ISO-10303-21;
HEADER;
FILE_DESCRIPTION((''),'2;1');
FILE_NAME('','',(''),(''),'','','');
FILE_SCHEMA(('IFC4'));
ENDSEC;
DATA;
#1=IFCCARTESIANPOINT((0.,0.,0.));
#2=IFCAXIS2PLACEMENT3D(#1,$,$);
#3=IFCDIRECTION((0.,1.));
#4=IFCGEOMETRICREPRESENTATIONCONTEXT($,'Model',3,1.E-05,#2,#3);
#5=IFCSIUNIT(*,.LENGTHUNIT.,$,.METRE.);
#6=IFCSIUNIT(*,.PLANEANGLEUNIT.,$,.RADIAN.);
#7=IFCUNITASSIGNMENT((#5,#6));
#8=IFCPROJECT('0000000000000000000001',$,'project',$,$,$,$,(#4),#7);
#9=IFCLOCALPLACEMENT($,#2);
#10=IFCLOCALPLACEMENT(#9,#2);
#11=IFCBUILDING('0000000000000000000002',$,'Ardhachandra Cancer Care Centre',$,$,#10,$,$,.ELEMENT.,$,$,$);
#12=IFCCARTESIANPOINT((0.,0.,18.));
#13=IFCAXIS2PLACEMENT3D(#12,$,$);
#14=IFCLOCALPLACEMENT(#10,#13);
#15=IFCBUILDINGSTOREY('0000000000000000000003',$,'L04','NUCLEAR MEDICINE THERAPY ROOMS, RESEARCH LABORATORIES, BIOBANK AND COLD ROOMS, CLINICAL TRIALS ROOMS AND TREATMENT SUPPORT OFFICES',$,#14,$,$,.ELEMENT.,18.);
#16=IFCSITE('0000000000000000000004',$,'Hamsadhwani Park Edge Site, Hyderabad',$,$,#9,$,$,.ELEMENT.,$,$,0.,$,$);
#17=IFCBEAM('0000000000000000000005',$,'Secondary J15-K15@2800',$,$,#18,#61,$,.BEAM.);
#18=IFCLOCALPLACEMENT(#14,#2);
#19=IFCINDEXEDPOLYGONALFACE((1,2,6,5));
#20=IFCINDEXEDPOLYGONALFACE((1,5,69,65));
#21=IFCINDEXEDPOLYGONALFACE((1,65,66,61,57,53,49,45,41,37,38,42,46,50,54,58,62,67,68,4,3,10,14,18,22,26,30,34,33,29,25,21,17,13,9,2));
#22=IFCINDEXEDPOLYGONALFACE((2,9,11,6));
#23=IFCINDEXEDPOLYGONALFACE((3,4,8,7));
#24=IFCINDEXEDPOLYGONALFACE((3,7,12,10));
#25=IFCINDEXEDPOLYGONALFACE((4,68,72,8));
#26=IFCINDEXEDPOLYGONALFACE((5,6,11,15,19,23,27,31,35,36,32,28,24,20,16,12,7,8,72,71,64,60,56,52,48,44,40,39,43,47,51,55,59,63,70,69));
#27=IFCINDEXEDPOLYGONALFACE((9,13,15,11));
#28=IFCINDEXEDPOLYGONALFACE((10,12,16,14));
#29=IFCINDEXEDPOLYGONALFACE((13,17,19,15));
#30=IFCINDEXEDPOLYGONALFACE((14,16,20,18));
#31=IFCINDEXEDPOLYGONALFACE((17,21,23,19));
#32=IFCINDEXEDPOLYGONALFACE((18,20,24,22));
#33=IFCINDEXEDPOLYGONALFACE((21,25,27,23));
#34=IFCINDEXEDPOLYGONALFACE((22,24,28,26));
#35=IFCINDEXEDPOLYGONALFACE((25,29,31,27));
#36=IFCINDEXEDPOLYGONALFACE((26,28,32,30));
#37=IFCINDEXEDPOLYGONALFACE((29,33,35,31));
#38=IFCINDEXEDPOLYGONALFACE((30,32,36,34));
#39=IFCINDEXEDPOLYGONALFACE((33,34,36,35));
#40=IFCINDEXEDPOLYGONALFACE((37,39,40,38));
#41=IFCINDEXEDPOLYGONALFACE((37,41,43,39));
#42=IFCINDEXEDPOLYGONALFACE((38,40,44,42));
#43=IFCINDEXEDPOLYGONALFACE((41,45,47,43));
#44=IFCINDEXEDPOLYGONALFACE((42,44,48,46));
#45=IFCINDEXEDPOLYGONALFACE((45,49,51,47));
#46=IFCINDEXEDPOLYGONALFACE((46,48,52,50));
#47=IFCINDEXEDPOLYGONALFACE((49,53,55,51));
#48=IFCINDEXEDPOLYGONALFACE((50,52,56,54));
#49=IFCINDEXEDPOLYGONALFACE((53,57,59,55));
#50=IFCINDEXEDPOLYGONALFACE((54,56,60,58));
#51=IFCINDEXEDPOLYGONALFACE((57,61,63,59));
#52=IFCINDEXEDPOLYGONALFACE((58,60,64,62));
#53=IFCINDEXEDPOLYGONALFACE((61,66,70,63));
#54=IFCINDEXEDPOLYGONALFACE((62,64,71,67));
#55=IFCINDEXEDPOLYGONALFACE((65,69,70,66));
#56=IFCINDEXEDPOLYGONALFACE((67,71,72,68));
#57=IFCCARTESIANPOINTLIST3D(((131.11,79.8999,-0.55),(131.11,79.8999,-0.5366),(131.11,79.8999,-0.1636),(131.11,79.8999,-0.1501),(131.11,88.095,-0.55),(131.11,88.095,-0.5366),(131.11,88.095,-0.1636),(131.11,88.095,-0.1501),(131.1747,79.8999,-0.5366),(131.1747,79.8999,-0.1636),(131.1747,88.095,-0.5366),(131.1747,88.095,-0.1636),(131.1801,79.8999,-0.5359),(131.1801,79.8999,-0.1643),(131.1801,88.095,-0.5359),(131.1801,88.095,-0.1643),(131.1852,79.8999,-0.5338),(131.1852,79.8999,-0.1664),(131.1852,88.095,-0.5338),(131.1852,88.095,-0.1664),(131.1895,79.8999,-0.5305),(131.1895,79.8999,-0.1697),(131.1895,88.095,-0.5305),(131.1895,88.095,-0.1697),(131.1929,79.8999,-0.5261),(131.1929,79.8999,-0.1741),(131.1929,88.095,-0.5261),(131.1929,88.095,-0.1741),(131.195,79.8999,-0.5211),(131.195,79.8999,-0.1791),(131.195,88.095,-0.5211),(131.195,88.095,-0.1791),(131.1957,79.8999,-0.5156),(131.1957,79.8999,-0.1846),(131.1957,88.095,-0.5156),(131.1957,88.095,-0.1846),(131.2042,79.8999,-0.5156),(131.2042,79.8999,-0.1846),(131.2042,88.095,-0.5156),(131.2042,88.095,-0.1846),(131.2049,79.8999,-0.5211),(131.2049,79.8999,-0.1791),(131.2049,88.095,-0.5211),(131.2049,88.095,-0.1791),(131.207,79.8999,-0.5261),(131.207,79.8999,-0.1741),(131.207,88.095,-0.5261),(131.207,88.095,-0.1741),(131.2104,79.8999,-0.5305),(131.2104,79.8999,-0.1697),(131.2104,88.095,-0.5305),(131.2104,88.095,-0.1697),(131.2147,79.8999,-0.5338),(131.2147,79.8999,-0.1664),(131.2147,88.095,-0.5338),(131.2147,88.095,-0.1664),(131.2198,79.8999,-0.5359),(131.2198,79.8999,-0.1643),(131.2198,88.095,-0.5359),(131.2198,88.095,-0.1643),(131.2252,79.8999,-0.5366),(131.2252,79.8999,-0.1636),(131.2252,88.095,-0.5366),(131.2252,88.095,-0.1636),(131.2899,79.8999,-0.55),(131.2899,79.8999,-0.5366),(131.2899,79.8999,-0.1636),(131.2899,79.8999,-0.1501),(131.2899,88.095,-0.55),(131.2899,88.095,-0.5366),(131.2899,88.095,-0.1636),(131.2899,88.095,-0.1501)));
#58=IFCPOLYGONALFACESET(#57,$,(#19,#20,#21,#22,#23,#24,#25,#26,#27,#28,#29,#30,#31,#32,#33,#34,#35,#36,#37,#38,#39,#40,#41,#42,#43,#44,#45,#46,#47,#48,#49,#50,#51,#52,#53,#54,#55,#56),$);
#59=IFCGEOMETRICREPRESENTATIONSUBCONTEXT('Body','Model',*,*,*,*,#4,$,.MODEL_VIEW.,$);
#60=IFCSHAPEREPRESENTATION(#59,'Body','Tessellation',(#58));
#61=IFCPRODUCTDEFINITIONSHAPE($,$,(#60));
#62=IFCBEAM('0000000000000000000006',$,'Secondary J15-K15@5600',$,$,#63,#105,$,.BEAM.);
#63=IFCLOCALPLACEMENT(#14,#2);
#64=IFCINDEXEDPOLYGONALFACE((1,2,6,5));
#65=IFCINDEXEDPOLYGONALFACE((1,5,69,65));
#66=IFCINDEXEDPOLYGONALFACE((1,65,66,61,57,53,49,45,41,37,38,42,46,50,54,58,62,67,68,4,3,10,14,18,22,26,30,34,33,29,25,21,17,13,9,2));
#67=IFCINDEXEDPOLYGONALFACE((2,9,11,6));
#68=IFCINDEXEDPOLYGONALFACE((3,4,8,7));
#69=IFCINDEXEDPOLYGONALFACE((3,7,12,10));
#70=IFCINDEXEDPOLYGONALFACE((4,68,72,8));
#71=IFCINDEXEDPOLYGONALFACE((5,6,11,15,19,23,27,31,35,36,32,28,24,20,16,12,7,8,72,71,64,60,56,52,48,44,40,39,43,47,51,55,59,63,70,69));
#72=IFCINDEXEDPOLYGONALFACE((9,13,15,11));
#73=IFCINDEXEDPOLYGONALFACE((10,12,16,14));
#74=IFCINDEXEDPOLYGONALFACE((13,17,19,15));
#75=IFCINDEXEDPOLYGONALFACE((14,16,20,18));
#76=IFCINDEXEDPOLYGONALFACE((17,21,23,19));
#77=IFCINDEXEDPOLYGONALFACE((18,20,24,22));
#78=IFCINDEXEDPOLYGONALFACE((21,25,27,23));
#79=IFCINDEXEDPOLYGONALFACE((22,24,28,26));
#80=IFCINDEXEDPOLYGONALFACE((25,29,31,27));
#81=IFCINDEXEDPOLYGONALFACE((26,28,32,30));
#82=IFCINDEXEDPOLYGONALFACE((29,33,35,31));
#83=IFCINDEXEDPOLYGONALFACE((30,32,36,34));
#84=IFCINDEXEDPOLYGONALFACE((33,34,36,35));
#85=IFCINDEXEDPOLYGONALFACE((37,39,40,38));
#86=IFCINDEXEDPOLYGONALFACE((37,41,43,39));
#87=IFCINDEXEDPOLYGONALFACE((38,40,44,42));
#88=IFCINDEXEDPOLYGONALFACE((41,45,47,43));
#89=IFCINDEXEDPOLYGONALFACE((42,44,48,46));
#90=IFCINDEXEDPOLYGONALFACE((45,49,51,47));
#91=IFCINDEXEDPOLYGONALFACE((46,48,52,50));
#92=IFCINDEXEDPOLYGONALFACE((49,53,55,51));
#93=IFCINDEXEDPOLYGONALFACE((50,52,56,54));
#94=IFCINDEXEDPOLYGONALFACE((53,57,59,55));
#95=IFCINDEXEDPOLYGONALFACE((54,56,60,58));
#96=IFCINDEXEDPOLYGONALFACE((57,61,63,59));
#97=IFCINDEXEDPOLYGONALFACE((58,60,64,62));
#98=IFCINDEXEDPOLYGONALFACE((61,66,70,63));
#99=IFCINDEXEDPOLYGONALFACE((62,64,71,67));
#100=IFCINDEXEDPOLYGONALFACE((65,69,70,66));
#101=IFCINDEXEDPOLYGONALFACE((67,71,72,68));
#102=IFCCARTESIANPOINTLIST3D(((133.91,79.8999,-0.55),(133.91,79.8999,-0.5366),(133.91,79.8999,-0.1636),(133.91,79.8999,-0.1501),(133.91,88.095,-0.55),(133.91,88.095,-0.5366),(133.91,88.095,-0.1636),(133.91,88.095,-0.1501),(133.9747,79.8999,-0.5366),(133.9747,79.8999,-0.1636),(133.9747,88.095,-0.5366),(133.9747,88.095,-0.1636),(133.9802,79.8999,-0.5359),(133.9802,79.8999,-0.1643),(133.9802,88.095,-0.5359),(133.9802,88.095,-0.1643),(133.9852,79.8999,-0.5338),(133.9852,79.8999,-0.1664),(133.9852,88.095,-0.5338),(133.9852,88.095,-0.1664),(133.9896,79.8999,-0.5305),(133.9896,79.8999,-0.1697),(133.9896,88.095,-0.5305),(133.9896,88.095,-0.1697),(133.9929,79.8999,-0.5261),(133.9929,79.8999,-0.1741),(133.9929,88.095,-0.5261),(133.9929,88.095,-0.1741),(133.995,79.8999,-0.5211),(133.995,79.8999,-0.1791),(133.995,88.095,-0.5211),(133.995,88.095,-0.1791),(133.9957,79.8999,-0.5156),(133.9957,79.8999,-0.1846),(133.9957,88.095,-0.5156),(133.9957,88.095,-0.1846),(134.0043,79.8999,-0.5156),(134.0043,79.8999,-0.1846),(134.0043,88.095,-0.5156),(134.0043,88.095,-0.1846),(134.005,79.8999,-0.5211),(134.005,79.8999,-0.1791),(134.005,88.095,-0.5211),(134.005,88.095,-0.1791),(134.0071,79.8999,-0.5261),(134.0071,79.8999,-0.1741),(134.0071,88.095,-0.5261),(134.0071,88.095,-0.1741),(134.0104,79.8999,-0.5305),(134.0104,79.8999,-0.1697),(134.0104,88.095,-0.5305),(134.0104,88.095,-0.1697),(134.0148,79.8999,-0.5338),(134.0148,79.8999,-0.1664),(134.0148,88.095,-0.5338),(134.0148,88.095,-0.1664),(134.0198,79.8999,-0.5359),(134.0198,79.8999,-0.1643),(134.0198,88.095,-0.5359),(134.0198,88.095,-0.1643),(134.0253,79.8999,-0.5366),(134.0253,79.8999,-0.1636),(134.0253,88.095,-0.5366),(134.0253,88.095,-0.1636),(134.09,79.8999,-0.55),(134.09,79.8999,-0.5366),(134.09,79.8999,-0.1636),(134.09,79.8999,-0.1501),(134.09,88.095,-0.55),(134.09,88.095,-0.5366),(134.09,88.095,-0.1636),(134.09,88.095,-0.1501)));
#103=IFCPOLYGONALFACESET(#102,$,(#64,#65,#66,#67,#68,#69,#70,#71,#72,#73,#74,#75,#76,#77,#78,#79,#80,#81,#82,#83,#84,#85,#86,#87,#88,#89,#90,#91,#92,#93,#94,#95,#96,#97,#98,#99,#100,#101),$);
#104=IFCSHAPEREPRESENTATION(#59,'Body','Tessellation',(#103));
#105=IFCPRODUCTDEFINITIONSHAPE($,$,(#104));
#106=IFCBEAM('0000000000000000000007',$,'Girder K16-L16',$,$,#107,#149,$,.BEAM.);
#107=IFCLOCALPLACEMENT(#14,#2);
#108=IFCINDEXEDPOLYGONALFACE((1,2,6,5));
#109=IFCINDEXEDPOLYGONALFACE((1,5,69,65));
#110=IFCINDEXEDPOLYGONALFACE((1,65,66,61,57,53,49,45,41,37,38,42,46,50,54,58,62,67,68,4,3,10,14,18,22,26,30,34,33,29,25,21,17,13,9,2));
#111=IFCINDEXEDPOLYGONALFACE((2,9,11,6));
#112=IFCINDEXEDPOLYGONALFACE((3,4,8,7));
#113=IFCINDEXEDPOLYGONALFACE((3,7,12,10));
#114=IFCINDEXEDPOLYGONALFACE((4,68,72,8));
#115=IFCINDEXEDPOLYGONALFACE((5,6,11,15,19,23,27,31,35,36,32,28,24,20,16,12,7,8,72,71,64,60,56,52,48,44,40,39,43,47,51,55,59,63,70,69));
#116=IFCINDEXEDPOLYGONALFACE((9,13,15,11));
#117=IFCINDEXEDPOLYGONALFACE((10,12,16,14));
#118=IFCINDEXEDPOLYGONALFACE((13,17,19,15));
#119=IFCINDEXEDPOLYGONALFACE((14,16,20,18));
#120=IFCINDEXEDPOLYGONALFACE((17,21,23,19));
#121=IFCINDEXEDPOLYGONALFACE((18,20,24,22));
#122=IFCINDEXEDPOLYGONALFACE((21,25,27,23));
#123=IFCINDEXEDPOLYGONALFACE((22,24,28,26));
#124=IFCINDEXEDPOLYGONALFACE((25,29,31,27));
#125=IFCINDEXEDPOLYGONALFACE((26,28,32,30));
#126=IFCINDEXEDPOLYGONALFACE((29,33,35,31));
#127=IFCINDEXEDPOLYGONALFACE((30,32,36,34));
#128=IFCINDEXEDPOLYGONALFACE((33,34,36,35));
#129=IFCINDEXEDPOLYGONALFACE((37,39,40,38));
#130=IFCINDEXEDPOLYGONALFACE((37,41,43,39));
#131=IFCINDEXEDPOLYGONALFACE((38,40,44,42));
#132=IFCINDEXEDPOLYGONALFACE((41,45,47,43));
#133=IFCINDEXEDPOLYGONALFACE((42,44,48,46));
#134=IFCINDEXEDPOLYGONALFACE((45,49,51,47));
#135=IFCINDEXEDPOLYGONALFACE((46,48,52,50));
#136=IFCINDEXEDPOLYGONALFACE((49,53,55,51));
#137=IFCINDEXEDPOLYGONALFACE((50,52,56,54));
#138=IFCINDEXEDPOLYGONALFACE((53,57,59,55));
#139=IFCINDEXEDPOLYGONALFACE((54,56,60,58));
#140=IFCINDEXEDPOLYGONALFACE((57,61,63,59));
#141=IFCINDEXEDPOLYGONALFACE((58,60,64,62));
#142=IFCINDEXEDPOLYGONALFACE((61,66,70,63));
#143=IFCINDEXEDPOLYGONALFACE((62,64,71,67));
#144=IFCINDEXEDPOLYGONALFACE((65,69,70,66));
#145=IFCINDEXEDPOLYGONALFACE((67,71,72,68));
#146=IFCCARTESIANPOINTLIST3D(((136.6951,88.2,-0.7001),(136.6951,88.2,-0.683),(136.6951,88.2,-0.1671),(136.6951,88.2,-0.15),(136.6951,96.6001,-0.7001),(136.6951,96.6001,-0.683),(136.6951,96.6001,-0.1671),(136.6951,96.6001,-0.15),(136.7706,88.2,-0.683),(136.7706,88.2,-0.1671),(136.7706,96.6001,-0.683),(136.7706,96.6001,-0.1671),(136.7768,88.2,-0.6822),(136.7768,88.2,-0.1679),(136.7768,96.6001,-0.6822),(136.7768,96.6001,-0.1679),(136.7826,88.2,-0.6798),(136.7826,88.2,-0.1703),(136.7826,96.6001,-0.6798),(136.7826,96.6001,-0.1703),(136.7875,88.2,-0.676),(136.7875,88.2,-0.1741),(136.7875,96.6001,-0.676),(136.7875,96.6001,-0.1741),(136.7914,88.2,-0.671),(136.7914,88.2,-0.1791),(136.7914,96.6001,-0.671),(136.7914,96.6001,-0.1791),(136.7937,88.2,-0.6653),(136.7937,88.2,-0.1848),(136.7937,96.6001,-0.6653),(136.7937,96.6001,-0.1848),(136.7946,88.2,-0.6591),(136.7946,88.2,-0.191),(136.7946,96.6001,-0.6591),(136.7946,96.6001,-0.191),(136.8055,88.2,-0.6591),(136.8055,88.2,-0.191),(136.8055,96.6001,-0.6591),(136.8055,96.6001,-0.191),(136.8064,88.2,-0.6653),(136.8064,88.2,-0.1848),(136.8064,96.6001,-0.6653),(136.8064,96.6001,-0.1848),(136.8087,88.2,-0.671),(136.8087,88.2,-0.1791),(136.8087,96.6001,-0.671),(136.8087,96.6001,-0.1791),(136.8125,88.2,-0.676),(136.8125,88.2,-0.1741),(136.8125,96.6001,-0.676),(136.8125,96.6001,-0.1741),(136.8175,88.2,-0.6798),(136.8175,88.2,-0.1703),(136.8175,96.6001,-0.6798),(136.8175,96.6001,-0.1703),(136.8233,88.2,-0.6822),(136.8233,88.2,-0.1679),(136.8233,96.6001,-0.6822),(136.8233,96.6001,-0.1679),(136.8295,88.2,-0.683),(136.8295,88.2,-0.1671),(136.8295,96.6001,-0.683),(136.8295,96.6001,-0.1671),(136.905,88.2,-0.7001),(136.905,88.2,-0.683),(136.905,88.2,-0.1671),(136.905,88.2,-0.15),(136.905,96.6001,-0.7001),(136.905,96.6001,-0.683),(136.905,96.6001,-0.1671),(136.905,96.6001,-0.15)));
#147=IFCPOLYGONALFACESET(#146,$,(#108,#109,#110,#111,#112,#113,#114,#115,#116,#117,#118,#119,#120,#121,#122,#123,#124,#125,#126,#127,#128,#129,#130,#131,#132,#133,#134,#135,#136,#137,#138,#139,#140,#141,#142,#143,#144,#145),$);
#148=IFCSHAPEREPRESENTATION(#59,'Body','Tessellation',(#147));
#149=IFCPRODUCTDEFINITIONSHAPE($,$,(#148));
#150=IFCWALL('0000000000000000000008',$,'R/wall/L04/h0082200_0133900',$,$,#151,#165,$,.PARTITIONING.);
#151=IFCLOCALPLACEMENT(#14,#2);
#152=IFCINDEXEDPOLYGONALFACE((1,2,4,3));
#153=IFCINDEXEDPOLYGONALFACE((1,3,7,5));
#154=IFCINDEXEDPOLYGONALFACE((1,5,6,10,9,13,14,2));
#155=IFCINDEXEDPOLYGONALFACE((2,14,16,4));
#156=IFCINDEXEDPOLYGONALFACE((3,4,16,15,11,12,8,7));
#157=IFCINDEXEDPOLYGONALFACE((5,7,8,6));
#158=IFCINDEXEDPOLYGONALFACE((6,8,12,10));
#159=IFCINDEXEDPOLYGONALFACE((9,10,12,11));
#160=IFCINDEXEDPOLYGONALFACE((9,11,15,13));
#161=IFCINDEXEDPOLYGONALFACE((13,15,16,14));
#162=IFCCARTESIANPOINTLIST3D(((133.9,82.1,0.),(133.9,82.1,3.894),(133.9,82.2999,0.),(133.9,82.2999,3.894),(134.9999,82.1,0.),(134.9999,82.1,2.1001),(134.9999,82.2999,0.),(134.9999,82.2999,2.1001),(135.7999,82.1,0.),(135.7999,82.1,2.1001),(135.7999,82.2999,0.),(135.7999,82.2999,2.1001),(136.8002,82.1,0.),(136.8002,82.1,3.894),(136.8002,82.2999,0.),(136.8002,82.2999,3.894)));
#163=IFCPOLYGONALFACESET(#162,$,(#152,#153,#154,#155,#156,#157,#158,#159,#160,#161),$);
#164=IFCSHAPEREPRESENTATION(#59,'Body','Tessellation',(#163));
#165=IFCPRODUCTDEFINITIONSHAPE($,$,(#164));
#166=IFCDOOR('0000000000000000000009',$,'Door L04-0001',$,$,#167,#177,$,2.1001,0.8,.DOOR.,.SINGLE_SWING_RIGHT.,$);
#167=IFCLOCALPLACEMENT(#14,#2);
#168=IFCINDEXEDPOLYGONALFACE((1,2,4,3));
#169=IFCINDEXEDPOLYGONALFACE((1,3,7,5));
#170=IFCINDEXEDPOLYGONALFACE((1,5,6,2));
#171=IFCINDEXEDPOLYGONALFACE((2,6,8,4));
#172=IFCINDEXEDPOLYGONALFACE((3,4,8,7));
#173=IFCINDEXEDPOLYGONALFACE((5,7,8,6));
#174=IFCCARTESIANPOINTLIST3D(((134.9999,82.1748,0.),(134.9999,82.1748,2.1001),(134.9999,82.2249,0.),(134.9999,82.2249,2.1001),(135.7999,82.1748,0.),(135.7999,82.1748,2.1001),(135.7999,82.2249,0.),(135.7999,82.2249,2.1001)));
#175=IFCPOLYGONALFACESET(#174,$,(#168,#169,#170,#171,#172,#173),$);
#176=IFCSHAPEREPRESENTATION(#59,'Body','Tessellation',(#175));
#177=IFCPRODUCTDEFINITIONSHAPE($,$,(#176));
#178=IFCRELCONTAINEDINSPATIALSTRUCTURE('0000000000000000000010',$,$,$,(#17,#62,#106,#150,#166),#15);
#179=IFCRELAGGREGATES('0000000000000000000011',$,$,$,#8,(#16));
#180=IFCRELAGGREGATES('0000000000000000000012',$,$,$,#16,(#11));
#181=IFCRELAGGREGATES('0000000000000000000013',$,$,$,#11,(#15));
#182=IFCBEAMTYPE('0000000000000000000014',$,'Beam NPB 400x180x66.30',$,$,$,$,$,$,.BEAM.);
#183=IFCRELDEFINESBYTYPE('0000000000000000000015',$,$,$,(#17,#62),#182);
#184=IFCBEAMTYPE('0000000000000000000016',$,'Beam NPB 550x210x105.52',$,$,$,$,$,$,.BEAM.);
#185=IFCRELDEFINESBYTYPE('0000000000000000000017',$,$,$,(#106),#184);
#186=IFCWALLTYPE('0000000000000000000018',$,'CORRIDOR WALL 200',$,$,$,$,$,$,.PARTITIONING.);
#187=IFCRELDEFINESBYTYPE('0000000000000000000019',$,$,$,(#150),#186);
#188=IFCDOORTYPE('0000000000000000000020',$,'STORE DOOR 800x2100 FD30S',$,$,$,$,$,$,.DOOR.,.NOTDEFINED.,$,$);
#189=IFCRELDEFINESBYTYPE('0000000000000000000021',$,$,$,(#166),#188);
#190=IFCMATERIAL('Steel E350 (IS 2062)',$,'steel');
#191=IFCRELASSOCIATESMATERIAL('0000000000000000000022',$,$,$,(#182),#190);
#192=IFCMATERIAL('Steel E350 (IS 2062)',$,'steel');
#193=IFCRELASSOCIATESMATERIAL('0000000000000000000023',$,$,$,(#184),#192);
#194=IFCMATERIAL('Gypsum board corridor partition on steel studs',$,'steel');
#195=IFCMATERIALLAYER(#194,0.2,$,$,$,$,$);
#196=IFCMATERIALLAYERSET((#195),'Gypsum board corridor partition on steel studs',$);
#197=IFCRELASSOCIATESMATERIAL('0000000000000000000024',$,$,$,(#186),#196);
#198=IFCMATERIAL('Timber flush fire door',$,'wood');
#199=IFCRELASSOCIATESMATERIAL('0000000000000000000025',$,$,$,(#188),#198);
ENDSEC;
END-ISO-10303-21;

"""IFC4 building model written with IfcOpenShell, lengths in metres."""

from ifc_helpers import new_model, si_unit, direction, frame, frame_2d, origin, origin_2d, place, context, subcontext, project, spatial, rectangle, i_section, extrude, material, layer, layer_set, material_profile, profile_set, type_object, element, fill, save


model = new_model("IFC4")

# Units and contexts
model_context = context("Model", 3, precision=1e-05, world=origin(), true_north=direction((0.0, 1.0)))
body_context = subcontext(model_context, "Body", "Model", "MODEL_VIEW")
ifc_project = project(units=[si_unit("LENGTHUNIT", "METRE"), si_unit("PLANEANGLEUNIT", "RADIAN")], contexts=[model_context])

# Site, building, storey
site_placement = place(None, origin())
site = spatial("IfcSite", under=ifc_project, at=site_placement, Name="Hamsadhwani Park Edge Site, Hyderabad", CompositionType="ELEMENT", RefElevation=0.0)
building_placement = place(site_placement, origin())
building = spatial("IfcBuilding", under=site, at=building_placement, Name="Ardhachandra Cancer Care Centre", CompositionType="ELEMENT")
storey_placement = place(building_placement, frame((0.0, 0.0, 18.0)))
storey = spatial("IfcBuildingStorey", under=building, at=storey_placement, Name="L04", Description="NUCLEAR MEDICINE THERAPY ROOMS, RESEARCH LABORATORIES, BIOBANK AND COLD ROOMS, CLINICAL TRIALS ROOMS AND TREATMENT SUPPORT OFFICES", CompositionType="ELEMENT", Elevation=18.0)

# Beams
ifc_material_1 = material(Name="Steel E350 (IS 2062)", Category="steel")
ifc_material_profile_1 = material_profile(ifc_material_1, i_section(OverallWidth=0.1799, OverallDepth=0.3999, WebThickness=0.0085, FlangeThickness=0.0134, FilletRadius=0.021, at=origin_2d()), Name="NPB 400x180x66.30")
ifc_profile_set_1 = profile_set([ifc_material_profile_1], Name="Steel E350 (IS 2062)")
beam_type_1 = type_object("IfcBeamType", Name="Beam NPB 400x180x66.30", PredefinedType="BEAM", material=ifc_profile_set_1)
for number, where, z_axis, x_axis, name in (
    (1, (131.2, 79.8999, -0.3501), (0.0, 1.0, 0.0), (-1.0, 0.0, 0.0), "Secondary J15-K15@2800"),
    (2, (134.0, 79.8999, -0.3501), (0.0, 1.0, 0.0), (-1.0, 0.0, 0.0), "Secondary J15-K15@5600"),
):
    element("IfcBeam", number, at=place(storey_placement, frame(where, z_axis=z_axis, x_axis=x_axis)), inside=storey, type_object=beam_type_1, Name=name, PredefinedType="BEAM", context=body_context, shape_type="SweptSolid", body=[
        extrude(i_section(OverallWidth=0.1799, OverallDepth=0.3999, WebThickness=0.0085, FlangeThickness=0.0134, FilletRadius=0.021, at=origin_2d()), origin(), (0.0, 0.0, 1.0), 8.1951),
    ])
ifc_material_2 = material(Name="Steel E350 (IS 2062)", Category="steel")
ifc_material_profile_2 = material_profile(ifc_material_2, i_section(OverallWidth=0.21, OverallDepth=0.55, WebThickness=0.011, FlangeThickness=0.0171, FilletRadius=0.0239, at=origin_2d()), Name="NPB 550x210x105.52")
ifc_profile_set_2 = profile_set([ifc_material_profile_2], Name="Steel E350 (IS 2062)")
beam_type_2 = type_object("IfcBeamType", Name="Beam NPB 550x210x105.52", PredefinedType="BEAM", material=ifc_profile_set_2)
beam_placement = place(storey_placement, frame((136.8, 88.2, -0.425), z_axis=(0.0, 1.0, 0.0), x_axis=(-1.0, 0.0, 0.0)))
element("IfcBeam", 3, at=beam_placement, inside=storey, type_object=beam_type_2, Name="Girder K16-L16", PredefinedType="BEAM", context=body_context, shape_type="SweptSolid", body=[
    extrude(i_section(OverallWidth=0.21, OverallDepth=0.55, WebThickness=0.011, FlangeThickness=0.0171, FilletRadius=0.0239, at=origin_2d()), origin(), (0.0, 0.0, 1.0), 8.4001),
])

# Wall, opening, door
ifc_material_3 = material(Name="Gypsum board corridor partition on steel studs", Category="steel")
ifc_layer_1 = layer(ifc_material_3, 0.2)
ifc_layer_set_1 = layer_set([ifc_layer_1], Name="Gypsum board corridor partition on steel studs")
wall_type_1 = type_object("IfcWallType", Name="CORRIDOR WALL 200", PredefinedType="PARTITIONING", material=ifc_layer_set_1)
wall_1_placement = place(storey_placement, frame((133.8999, 82.2, 0.0), z_axis=(0.0, 0.0, 1.0), x_axis=(1.0, 0.0, 0.0)))
wall_1 = element("IfcWall", 4, at=wall_1_placement, inside=storey, type_object=wall_type_1, Name="R/wall/L04/h0082200_0133900", PredefinedType="PARTITIONING", context=body_context, shape_type="SweptSolid", body=[
    extrude(rectangle(XDim=2.9001, YDim=0.2, at=frame_2d((1.4502, 0.0))), origin(), (0.0, 0.0, 1.0), 3.894),
])
opening_1_placement = place(wall_1_placement, frame((1.1001, 0.0, 0.0)))
opening_1 = element("IfcOpeningElement", 5, at=opening_1_placement, cuts=wall_1, PredefinedType="OPENING", context=body_context, shape_type="SweptSolid", body=[
    extrude(rectangle(XDim=0.8, YDim=2.1001, at=frame_2d((0.3999, 1.05))), frame((0.0, 0.1099, 0.0), z_axis=(0.0, -1.0, 0.0), x_axis=(1.0, 0.0, 0.0)), (0.0, 0.0, 1.0), 0.22),
])
ifc_material_4 = material(Name="Timber flush fire door", Category="wood")
door_type_1 = type_object("IfcDoorType", Name="STORE DOOR 800x2100 FD30S", OperationType="NOTDEFINED", PredefinedType="DOOR", material=ifc_material_4)
door_1_placement = place(opening_1_placement, origin())
door_1 = element("IfcDoor", 6, at=door_1_placement, inside=storey, type_object=door_type_1, Name="Door L04-0001", OperationType="SINGLE_SWING_RIGHT", OverallHeight=2.1001, OverallWidth=0.8, PredefinedType="DOOR", context=body_context, shape_type="SweptSolid", body=[
    extrude(rectangle(XDim=0.8, YDim=2.1001, at=frame_2d((0.3999, 1.05))), frame((0.0, 0.0249, 0.0), z_axis=(0.0, -1.0, 0.0), x_axis=(1.0, 0.0, 0.0)), (0.0, 0.0, 1.0), 0.05),
])
fill(opening_1, door_1)

save(model, "model.ifc")
